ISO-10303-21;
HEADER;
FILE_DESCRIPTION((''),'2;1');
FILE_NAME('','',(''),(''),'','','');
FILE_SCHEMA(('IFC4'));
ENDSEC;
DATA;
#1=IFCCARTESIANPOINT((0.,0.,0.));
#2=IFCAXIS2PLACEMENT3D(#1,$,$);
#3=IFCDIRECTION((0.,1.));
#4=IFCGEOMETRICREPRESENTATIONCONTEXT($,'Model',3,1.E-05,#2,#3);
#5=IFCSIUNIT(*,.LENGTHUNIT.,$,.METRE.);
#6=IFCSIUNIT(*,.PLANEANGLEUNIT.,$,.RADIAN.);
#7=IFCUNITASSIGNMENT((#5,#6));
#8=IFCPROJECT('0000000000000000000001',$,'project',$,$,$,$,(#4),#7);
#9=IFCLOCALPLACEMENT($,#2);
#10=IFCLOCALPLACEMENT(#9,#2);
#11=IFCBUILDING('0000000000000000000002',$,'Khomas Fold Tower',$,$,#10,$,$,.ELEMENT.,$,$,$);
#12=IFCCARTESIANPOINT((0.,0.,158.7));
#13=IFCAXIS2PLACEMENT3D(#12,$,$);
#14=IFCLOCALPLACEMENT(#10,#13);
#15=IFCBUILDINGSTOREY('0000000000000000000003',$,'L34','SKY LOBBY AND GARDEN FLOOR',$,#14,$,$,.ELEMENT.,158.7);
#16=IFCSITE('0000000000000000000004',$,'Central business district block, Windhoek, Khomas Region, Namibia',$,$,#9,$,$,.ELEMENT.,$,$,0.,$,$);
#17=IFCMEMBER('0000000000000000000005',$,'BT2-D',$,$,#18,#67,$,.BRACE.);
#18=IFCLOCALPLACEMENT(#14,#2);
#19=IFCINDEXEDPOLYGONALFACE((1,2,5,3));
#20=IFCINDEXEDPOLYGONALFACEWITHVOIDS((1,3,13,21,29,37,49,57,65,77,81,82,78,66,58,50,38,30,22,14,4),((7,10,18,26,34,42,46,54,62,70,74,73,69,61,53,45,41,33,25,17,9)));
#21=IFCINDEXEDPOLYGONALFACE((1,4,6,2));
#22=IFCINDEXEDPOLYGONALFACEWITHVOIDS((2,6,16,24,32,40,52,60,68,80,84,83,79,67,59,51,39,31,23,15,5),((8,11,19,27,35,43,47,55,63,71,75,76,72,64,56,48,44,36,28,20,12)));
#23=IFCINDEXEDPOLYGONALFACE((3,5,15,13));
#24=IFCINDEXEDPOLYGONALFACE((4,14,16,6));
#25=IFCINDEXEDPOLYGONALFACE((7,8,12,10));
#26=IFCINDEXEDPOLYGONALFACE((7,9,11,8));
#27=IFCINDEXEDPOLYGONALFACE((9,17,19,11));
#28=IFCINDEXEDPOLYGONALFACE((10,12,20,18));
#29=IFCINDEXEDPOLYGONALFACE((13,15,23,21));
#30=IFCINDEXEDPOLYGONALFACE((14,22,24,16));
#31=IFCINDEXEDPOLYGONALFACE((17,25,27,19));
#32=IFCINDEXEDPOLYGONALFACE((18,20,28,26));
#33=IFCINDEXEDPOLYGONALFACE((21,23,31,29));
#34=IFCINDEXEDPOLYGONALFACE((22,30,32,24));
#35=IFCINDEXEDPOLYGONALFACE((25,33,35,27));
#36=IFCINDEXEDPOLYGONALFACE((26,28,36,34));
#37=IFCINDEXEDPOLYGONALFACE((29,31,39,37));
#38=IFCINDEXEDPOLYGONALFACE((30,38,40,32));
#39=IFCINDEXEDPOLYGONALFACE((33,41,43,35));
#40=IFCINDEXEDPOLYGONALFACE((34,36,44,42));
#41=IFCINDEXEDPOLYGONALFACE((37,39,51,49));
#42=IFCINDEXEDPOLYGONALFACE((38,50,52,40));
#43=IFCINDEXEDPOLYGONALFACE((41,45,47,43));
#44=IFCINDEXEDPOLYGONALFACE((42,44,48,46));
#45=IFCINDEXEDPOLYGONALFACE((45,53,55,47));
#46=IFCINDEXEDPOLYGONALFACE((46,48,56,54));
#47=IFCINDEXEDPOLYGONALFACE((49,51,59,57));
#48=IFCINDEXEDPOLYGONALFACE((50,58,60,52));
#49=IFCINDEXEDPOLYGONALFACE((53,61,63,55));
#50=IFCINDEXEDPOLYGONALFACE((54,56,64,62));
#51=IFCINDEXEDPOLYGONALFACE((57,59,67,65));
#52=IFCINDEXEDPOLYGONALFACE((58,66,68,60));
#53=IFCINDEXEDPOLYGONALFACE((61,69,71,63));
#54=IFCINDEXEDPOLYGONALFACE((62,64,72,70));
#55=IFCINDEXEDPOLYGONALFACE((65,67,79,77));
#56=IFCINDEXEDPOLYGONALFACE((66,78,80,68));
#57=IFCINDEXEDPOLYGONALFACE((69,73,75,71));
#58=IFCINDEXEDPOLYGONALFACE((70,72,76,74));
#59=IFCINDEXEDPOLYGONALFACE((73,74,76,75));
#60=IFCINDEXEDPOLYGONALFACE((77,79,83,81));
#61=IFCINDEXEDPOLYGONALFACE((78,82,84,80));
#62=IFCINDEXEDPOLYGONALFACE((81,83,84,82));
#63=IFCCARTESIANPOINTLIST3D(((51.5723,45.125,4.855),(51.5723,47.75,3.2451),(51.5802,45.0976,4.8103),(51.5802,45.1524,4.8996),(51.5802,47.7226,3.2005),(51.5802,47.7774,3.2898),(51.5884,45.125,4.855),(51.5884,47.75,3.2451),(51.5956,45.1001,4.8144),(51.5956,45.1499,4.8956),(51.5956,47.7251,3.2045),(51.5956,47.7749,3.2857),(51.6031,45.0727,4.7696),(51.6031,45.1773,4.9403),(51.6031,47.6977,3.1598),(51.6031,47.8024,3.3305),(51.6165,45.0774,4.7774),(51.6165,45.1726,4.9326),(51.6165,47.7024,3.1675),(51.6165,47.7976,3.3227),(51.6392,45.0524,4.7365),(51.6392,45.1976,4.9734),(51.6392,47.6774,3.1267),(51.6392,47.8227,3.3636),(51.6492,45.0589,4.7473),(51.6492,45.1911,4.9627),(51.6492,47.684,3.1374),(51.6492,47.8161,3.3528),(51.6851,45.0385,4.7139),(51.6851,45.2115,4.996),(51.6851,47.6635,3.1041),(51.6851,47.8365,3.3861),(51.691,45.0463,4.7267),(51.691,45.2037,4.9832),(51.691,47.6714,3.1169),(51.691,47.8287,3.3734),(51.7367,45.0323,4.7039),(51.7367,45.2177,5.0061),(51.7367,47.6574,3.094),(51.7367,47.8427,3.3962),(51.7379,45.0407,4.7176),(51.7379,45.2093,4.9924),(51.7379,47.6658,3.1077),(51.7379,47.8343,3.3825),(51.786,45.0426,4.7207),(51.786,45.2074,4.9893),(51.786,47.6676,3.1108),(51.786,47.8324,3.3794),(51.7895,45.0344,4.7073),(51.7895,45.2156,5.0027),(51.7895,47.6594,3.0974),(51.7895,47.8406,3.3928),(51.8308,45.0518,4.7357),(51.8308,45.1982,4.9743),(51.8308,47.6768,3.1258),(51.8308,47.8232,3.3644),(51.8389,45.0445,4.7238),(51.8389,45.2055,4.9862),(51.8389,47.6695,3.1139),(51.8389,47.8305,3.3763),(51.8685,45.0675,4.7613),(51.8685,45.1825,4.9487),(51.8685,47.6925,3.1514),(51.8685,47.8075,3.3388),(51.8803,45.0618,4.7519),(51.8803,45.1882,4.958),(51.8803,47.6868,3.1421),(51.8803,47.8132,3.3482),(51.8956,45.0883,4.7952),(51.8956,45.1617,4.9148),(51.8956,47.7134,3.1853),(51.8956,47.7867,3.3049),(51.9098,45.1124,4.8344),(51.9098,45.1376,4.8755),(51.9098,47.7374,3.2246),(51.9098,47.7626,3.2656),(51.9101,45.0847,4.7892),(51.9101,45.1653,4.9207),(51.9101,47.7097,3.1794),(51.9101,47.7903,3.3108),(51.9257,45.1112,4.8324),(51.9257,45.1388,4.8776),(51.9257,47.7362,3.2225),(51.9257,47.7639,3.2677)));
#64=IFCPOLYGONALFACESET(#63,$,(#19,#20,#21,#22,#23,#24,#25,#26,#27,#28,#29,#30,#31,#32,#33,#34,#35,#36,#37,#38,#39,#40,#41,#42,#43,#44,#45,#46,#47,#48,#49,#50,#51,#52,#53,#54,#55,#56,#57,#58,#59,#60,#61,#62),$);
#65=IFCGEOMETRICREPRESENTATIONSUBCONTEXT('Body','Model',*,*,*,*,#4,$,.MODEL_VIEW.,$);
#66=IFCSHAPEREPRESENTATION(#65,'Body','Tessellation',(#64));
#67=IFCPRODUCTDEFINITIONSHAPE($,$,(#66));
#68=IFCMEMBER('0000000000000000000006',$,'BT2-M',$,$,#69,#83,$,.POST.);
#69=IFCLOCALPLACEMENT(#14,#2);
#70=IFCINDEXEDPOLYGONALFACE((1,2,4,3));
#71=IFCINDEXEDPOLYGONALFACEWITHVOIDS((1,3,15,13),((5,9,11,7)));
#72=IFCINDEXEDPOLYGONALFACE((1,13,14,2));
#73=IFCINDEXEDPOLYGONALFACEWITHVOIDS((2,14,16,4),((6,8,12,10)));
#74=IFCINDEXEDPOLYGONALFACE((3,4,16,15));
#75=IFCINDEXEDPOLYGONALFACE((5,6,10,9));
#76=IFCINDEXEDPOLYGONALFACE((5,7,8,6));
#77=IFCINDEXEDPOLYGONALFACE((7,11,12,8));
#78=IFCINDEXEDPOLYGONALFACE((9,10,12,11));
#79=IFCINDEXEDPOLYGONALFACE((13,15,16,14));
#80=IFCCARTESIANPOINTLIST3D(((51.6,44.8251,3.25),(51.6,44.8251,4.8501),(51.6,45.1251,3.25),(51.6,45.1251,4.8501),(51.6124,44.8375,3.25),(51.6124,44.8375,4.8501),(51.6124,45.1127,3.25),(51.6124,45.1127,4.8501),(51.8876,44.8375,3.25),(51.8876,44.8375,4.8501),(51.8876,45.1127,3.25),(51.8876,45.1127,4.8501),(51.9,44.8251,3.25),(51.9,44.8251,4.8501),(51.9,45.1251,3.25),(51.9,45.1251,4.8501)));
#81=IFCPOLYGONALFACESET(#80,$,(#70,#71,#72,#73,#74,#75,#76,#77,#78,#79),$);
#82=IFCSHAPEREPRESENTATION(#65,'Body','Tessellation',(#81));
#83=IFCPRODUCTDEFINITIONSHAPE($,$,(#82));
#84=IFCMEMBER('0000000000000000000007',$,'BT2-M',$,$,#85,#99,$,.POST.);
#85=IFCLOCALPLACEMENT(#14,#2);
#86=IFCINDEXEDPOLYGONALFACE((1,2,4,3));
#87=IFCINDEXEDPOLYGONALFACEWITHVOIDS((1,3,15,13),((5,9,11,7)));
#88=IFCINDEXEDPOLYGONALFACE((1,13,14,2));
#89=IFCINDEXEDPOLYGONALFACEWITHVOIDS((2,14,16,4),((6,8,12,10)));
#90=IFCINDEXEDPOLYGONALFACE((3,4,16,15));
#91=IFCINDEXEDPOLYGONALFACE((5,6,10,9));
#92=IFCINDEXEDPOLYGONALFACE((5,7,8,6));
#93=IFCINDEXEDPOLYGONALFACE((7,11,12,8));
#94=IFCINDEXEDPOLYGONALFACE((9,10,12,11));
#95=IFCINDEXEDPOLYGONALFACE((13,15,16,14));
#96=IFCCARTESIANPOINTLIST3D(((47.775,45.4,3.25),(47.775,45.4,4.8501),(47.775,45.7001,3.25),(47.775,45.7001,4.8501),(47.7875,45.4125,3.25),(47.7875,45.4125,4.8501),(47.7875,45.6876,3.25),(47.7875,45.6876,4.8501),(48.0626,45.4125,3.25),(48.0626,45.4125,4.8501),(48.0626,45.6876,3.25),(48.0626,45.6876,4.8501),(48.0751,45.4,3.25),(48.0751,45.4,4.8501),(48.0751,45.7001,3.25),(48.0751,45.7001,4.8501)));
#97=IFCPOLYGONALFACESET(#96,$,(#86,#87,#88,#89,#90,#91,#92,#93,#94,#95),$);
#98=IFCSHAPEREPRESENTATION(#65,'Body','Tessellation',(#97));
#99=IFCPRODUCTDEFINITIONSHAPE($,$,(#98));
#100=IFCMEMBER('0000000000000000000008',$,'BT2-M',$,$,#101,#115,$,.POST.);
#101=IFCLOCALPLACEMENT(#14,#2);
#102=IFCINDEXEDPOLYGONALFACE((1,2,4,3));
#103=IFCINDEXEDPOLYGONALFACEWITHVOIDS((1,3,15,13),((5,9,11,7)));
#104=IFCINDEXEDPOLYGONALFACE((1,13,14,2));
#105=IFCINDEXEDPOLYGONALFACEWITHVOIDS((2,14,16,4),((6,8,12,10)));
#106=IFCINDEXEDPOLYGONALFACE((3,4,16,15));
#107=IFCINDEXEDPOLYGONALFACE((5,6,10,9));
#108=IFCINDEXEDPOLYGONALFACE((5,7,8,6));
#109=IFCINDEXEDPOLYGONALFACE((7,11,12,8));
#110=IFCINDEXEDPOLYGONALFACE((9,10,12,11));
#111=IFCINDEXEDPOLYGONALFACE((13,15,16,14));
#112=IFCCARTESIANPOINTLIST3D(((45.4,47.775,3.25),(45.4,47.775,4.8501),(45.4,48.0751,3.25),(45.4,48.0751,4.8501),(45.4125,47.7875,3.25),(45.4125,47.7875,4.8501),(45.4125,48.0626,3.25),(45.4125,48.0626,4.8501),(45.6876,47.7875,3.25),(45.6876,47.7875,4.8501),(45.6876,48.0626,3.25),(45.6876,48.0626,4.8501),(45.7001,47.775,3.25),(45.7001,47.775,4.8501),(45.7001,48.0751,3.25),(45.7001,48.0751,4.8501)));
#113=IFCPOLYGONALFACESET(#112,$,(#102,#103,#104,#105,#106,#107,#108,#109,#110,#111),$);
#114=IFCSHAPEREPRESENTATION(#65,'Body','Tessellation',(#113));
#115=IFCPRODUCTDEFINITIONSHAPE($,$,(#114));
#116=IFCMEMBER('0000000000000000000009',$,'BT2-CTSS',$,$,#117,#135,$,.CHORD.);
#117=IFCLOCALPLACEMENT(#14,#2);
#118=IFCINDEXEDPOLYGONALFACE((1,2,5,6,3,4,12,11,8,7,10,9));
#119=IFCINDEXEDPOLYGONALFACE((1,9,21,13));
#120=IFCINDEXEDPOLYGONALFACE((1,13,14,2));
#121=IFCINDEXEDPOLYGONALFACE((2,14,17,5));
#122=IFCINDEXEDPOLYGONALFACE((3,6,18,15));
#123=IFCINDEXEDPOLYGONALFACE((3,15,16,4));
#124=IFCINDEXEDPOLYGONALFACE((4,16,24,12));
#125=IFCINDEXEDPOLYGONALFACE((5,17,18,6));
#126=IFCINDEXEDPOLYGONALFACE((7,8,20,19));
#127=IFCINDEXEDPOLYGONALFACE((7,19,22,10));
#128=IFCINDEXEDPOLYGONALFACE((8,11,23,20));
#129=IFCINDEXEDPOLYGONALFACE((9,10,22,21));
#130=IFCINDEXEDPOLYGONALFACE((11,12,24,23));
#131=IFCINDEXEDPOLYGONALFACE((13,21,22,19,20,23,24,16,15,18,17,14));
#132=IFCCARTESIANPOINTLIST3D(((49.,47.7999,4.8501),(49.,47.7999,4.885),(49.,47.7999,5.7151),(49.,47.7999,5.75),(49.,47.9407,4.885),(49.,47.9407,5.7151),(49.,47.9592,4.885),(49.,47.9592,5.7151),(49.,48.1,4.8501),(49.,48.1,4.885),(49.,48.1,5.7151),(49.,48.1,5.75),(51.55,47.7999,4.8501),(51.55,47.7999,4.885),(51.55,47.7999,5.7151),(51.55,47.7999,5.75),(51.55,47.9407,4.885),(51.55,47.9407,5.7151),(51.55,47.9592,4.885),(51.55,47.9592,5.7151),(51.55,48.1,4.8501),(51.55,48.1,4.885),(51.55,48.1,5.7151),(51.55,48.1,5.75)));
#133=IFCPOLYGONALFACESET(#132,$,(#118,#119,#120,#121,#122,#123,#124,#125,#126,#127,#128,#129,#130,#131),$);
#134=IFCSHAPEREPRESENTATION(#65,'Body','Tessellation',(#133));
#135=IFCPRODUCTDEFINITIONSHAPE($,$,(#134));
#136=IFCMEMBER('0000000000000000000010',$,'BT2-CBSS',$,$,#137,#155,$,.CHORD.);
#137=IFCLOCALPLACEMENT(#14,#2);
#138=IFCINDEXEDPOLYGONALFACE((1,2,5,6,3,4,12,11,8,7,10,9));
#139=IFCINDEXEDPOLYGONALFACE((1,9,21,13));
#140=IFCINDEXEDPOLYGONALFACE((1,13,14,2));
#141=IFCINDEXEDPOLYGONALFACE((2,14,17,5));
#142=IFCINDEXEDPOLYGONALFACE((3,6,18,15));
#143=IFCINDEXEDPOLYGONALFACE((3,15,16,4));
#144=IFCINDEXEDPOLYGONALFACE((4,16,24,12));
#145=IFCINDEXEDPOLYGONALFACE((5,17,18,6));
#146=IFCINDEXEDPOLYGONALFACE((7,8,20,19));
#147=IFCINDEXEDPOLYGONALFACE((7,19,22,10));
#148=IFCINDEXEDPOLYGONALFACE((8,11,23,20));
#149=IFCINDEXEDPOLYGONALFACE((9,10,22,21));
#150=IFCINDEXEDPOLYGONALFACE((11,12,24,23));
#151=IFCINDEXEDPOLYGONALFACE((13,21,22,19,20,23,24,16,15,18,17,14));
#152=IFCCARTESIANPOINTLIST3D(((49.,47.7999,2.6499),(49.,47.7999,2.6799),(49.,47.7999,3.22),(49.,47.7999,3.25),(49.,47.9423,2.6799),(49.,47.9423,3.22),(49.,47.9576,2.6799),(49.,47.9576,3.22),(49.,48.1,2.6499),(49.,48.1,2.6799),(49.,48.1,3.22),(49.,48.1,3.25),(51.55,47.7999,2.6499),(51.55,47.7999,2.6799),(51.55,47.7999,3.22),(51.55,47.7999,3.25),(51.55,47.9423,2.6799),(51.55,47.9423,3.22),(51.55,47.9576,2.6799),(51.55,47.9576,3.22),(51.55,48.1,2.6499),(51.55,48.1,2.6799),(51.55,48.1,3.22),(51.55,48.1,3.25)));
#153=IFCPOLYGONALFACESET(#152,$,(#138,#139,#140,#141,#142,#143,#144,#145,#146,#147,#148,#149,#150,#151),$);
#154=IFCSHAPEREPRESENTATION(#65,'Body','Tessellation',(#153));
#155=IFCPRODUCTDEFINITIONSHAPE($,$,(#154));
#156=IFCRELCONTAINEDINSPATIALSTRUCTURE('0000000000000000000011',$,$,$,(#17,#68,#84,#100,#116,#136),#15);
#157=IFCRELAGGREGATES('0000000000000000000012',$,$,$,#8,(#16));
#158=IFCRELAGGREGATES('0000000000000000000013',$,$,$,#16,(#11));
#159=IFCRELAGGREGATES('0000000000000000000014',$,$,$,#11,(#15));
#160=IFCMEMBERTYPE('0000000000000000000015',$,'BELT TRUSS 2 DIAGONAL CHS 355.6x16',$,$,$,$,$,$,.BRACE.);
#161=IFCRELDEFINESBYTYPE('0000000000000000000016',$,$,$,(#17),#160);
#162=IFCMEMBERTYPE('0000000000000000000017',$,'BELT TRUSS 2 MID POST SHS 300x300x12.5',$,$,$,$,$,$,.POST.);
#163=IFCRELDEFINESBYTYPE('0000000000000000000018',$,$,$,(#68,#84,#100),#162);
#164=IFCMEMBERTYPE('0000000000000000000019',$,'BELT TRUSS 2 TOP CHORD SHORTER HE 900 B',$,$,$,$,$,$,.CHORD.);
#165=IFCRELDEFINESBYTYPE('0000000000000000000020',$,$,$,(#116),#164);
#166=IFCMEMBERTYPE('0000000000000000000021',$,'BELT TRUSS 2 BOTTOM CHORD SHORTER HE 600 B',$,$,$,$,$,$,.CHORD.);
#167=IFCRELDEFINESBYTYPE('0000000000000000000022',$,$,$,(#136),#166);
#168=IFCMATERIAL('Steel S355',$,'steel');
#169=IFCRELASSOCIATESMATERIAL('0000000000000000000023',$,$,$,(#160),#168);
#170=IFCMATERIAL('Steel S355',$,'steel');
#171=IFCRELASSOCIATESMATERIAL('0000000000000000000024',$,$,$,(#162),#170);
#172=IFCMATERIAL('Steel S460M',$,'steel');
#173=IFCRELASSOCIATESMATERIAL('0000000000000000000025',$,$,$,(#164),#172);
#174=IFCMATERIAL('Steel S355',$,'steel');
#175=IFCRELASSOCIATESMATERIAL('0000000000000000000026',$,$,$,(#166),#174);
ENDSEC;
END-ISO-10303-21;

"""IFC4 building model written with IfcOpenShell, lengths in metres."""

from ifc_helpers import new_model, si_unit, direction, frame, origin, origin_2d, place, context, subcontext, project, spatial, hollow_rectangle, hollow_circle, i_section, extrude, source, transform, mapped, material, material_profile, profile_set, type_object, element, save


model = new_model("IFC4")

# Units and contexts
model_context = context("Model", 3, precision=1e-05, world=origin(), true_north=direction((0.0, 1.0)))
body_context = subcontext(model_context, "Body", "Model", "MODEL_VIEW")
ifc_project = project(units=[si_unit("LENGTHUNIT", "METRE"), si_unit("PLANEANGLEUNIT", "RADIAN")], contexts=[model_context])

# Site, building, storey
site_placement = place(None, origin())
site = spatial("IfcSite", under=ifc_project, at=site_placement, Name="Central business district block, Windhoek, Khomas Region, Namibia", CompositionType="ELEMENT", RefElevation=0.0)
building_placement = place(site_placement, origin())
building = spatial("IfcBuilding", under=site, at=building_placement, Name="Khomas Fold Tower", CompositionType="ELEMENT")
storey_placement = place(building_placement, frame((0.0, 0.0, 158.7)))
storey = spatial("IfcBuildingStorey", under=building, at=storey_placement, Name="L34", Description="SKY LOBBY AND GARDEN FLOOR", CompositionType="ELEMENT", Elevation=158.7)

# Members
ifc_material_1 = material(Name="Steel S355", Category="steel")
ifc_material_profile_1 = material_profile(ifc_material_1, hollow_circle(Radius=0.1777, WallThickness=0.0161, at=origin_2d()), Name="CHS 355.6x16")
ifc_profile_set_1 = profile_set([ifc_material_profile_1], Name="Steel S355")
member_type_1 = type_object("IfcMemberType", Name="BELT TRUSS 2 DIAGONAL CHS 355.6x16", PredefinedType="BRACE", material=ifc_profile_set_1)
shared_shape_1 = source(origin(), body_context, "Body", "SweptSolid", [
    extrude(hollow_circle(Radius=0.1777, WallThickness=0.0161, at=origin_2d()), origin(), (0.0, 0.0, 1.0), 3.0793),
])
for number, where, z_axis, x_axis, name in (
    (1, (51.75, 45.125, 4.855), (0.0, 0.852458, -0.522796), (-1.0, 0.0, 0.0), "BT2-D"),
):
    element("IfcMember", number, at=place(storey_placement, frame(where, z_axis=z_axis, x_axis=x_axis)), inside=storey, type_object=member_type_1, Name=name, PredefinedType="BRACE", context=body_context, shape_type="MappedRepresentation", body=[
        mapped(shared_shape_1, transform((0.0, 0.0, 0.0))),
    ])
ifc_material_2 = material(Name="Steel S355", Category="steel")
ifc_material_profile_2 = material_profile(ifc_material_2, hollow_rectangle(XDim=0.3, YDim=0.3, WallThickness=0.0125, at=origin_2d()), Name="SHS 300x300x12.5")
ifc_profile_set_2 = profile_set([ifc_material_profile_2], Name="Steel S355")
member_type_2 = type_object("IfcMemberType", Name="BELT TRUSS 2 MID POST SHS 300x300x12.5", PredefinedType="POST", material=ifc_profile_set_2)
shared_shape_2 = source(origin(), body_context, "Body", "SweptSolid", [
    extrude(hollow_rectangle(XDim=0.3, YDim=0.3, WallThickness=0.0125, at=origin_2d()), origin(), (0.0, 0.0, 1.0), 1.6001),
])
for number, where, z_axis, x_axis, name in (
    (2, (51.75, 44.9751, 3.25), (0.0, 0.0, 1.0), (1.0, 0.0, 0.0), "BT2-M"),
    (3, (47.925, 45.55, 3.25), (0.0, 0.0, 1.0), (1.0, 0.0, 0.0), "BT2-M"),
    (4, (45.55, 47.925, 3.25), (0.0, 0.0, 1.0), (1.0, 0.0, 0.0), "BT2-M"),
):
    element("IfcMember", number, at=place(storey_placement, frame(where, z_axis=z_axis, x_axis=x_axis)), inside=storey, type_object=member_type_2, Name=name, PredefinedType="POST", context=body_context, shape_type="MappedRepresentation", body=[
        mapped(shared_shape_2, transform((0.0, 0.0, 0.0))),
    ])
ifc_material_3 = material(Name="Steel S460M", Category="steel")
ifc_material_profile_3 = material_profile(ifc_material_3, i_section(OverallWidth=0.3, OverallDepth=0.8999, WebThickness=0.0186, FlangeThickness=0.0349, at=origin_2d()), Name="HE 900 B")
ifc_profile_set_3 = profile_set([ifc_material_profile_3], Name="Steel S460M")
member_type_3 = type_object("IfcMemberType", Name="BELT TRUSS 2 TOP CHORD SHORTER HE 900 B", PredefinedType="CHORD", material=ifc_profile_set_3)
shared_shape_3 = source(origin(), body_context, "Body", "SweptSolid", [
    extrude(i_section(OverallWidth=0.3, OverallDepth=0.8999, WebThickness=0.0186, FlangeThickness=0.0349, at=origin_2d()), origin(), (0.0, 0.0, 1.0), 2.55),
])
member_1_placement = place(storey_placement, frame((51.55, 47.95, 5.3), z_axis=(-1.0, 0.0, 0.0), x_axis=(0.0, -1.0, 0.0)))
element("IfcMember", 5, at=member_1_placement, inside=storey, type_object=member_type_3, Name="BT2-CTSS", PredefinedType="CHORD", context=body_context, shape_type="MappedRepresentation", body=[
    mapped(shared_shape_3, transform((0.0, 0.0, 0.0))),
])
ifc_material_4 = material(Name="Steel S355", Category="steel")
ifc_material_profile_4 = material_profile(ifc_material_4, i_section(OverallWidth=0.3, OverallDepth=0.6001, WebThickness=0.0154, FlangeThickness=0.03, at=origin_2d()), Name="HE 600 B")
ifc_profile_set_4 = profile_set([ifc_material_profile_4], Name="Steel S355")
member_type_4 = type_object("IfcMemberType", Name="BELT TRUSS 2 BOTTOM CHORD SHORTER HE 600 B", PredefinedType="CHORD", material=ifc_profile_set_4)
shared_shape_4 = source(origin(), body_context, "Body", "SweptSolid", [
    extrude(i_section(OverallWidth=0.3, OverallDepth=0.6001, WebThickness=0.0154, FlangeThickness=0.03, at=origin_2d()), origin(), (0.0, 0.0, 1.0), 2.55),
])
member_2_placement = place(storey_placement, frame((51.55, 47.95, 2.95), z_axis=(-1.0, 0.0, 0.0), x_axis=(0.0, -1.0, 0.0)))
element("IfcMember", 6, at=member_2_placement, inside=storey, type_object=member_type_4, Name="BT2-CBSS", PredefinedType="CHORD", context=body_context, shape_type="MappedRepresentation", body=[
    mapped(shared_shape_4, transform((0.0, 0.0, 0.0))),
])

save(model, "model.ifc")
